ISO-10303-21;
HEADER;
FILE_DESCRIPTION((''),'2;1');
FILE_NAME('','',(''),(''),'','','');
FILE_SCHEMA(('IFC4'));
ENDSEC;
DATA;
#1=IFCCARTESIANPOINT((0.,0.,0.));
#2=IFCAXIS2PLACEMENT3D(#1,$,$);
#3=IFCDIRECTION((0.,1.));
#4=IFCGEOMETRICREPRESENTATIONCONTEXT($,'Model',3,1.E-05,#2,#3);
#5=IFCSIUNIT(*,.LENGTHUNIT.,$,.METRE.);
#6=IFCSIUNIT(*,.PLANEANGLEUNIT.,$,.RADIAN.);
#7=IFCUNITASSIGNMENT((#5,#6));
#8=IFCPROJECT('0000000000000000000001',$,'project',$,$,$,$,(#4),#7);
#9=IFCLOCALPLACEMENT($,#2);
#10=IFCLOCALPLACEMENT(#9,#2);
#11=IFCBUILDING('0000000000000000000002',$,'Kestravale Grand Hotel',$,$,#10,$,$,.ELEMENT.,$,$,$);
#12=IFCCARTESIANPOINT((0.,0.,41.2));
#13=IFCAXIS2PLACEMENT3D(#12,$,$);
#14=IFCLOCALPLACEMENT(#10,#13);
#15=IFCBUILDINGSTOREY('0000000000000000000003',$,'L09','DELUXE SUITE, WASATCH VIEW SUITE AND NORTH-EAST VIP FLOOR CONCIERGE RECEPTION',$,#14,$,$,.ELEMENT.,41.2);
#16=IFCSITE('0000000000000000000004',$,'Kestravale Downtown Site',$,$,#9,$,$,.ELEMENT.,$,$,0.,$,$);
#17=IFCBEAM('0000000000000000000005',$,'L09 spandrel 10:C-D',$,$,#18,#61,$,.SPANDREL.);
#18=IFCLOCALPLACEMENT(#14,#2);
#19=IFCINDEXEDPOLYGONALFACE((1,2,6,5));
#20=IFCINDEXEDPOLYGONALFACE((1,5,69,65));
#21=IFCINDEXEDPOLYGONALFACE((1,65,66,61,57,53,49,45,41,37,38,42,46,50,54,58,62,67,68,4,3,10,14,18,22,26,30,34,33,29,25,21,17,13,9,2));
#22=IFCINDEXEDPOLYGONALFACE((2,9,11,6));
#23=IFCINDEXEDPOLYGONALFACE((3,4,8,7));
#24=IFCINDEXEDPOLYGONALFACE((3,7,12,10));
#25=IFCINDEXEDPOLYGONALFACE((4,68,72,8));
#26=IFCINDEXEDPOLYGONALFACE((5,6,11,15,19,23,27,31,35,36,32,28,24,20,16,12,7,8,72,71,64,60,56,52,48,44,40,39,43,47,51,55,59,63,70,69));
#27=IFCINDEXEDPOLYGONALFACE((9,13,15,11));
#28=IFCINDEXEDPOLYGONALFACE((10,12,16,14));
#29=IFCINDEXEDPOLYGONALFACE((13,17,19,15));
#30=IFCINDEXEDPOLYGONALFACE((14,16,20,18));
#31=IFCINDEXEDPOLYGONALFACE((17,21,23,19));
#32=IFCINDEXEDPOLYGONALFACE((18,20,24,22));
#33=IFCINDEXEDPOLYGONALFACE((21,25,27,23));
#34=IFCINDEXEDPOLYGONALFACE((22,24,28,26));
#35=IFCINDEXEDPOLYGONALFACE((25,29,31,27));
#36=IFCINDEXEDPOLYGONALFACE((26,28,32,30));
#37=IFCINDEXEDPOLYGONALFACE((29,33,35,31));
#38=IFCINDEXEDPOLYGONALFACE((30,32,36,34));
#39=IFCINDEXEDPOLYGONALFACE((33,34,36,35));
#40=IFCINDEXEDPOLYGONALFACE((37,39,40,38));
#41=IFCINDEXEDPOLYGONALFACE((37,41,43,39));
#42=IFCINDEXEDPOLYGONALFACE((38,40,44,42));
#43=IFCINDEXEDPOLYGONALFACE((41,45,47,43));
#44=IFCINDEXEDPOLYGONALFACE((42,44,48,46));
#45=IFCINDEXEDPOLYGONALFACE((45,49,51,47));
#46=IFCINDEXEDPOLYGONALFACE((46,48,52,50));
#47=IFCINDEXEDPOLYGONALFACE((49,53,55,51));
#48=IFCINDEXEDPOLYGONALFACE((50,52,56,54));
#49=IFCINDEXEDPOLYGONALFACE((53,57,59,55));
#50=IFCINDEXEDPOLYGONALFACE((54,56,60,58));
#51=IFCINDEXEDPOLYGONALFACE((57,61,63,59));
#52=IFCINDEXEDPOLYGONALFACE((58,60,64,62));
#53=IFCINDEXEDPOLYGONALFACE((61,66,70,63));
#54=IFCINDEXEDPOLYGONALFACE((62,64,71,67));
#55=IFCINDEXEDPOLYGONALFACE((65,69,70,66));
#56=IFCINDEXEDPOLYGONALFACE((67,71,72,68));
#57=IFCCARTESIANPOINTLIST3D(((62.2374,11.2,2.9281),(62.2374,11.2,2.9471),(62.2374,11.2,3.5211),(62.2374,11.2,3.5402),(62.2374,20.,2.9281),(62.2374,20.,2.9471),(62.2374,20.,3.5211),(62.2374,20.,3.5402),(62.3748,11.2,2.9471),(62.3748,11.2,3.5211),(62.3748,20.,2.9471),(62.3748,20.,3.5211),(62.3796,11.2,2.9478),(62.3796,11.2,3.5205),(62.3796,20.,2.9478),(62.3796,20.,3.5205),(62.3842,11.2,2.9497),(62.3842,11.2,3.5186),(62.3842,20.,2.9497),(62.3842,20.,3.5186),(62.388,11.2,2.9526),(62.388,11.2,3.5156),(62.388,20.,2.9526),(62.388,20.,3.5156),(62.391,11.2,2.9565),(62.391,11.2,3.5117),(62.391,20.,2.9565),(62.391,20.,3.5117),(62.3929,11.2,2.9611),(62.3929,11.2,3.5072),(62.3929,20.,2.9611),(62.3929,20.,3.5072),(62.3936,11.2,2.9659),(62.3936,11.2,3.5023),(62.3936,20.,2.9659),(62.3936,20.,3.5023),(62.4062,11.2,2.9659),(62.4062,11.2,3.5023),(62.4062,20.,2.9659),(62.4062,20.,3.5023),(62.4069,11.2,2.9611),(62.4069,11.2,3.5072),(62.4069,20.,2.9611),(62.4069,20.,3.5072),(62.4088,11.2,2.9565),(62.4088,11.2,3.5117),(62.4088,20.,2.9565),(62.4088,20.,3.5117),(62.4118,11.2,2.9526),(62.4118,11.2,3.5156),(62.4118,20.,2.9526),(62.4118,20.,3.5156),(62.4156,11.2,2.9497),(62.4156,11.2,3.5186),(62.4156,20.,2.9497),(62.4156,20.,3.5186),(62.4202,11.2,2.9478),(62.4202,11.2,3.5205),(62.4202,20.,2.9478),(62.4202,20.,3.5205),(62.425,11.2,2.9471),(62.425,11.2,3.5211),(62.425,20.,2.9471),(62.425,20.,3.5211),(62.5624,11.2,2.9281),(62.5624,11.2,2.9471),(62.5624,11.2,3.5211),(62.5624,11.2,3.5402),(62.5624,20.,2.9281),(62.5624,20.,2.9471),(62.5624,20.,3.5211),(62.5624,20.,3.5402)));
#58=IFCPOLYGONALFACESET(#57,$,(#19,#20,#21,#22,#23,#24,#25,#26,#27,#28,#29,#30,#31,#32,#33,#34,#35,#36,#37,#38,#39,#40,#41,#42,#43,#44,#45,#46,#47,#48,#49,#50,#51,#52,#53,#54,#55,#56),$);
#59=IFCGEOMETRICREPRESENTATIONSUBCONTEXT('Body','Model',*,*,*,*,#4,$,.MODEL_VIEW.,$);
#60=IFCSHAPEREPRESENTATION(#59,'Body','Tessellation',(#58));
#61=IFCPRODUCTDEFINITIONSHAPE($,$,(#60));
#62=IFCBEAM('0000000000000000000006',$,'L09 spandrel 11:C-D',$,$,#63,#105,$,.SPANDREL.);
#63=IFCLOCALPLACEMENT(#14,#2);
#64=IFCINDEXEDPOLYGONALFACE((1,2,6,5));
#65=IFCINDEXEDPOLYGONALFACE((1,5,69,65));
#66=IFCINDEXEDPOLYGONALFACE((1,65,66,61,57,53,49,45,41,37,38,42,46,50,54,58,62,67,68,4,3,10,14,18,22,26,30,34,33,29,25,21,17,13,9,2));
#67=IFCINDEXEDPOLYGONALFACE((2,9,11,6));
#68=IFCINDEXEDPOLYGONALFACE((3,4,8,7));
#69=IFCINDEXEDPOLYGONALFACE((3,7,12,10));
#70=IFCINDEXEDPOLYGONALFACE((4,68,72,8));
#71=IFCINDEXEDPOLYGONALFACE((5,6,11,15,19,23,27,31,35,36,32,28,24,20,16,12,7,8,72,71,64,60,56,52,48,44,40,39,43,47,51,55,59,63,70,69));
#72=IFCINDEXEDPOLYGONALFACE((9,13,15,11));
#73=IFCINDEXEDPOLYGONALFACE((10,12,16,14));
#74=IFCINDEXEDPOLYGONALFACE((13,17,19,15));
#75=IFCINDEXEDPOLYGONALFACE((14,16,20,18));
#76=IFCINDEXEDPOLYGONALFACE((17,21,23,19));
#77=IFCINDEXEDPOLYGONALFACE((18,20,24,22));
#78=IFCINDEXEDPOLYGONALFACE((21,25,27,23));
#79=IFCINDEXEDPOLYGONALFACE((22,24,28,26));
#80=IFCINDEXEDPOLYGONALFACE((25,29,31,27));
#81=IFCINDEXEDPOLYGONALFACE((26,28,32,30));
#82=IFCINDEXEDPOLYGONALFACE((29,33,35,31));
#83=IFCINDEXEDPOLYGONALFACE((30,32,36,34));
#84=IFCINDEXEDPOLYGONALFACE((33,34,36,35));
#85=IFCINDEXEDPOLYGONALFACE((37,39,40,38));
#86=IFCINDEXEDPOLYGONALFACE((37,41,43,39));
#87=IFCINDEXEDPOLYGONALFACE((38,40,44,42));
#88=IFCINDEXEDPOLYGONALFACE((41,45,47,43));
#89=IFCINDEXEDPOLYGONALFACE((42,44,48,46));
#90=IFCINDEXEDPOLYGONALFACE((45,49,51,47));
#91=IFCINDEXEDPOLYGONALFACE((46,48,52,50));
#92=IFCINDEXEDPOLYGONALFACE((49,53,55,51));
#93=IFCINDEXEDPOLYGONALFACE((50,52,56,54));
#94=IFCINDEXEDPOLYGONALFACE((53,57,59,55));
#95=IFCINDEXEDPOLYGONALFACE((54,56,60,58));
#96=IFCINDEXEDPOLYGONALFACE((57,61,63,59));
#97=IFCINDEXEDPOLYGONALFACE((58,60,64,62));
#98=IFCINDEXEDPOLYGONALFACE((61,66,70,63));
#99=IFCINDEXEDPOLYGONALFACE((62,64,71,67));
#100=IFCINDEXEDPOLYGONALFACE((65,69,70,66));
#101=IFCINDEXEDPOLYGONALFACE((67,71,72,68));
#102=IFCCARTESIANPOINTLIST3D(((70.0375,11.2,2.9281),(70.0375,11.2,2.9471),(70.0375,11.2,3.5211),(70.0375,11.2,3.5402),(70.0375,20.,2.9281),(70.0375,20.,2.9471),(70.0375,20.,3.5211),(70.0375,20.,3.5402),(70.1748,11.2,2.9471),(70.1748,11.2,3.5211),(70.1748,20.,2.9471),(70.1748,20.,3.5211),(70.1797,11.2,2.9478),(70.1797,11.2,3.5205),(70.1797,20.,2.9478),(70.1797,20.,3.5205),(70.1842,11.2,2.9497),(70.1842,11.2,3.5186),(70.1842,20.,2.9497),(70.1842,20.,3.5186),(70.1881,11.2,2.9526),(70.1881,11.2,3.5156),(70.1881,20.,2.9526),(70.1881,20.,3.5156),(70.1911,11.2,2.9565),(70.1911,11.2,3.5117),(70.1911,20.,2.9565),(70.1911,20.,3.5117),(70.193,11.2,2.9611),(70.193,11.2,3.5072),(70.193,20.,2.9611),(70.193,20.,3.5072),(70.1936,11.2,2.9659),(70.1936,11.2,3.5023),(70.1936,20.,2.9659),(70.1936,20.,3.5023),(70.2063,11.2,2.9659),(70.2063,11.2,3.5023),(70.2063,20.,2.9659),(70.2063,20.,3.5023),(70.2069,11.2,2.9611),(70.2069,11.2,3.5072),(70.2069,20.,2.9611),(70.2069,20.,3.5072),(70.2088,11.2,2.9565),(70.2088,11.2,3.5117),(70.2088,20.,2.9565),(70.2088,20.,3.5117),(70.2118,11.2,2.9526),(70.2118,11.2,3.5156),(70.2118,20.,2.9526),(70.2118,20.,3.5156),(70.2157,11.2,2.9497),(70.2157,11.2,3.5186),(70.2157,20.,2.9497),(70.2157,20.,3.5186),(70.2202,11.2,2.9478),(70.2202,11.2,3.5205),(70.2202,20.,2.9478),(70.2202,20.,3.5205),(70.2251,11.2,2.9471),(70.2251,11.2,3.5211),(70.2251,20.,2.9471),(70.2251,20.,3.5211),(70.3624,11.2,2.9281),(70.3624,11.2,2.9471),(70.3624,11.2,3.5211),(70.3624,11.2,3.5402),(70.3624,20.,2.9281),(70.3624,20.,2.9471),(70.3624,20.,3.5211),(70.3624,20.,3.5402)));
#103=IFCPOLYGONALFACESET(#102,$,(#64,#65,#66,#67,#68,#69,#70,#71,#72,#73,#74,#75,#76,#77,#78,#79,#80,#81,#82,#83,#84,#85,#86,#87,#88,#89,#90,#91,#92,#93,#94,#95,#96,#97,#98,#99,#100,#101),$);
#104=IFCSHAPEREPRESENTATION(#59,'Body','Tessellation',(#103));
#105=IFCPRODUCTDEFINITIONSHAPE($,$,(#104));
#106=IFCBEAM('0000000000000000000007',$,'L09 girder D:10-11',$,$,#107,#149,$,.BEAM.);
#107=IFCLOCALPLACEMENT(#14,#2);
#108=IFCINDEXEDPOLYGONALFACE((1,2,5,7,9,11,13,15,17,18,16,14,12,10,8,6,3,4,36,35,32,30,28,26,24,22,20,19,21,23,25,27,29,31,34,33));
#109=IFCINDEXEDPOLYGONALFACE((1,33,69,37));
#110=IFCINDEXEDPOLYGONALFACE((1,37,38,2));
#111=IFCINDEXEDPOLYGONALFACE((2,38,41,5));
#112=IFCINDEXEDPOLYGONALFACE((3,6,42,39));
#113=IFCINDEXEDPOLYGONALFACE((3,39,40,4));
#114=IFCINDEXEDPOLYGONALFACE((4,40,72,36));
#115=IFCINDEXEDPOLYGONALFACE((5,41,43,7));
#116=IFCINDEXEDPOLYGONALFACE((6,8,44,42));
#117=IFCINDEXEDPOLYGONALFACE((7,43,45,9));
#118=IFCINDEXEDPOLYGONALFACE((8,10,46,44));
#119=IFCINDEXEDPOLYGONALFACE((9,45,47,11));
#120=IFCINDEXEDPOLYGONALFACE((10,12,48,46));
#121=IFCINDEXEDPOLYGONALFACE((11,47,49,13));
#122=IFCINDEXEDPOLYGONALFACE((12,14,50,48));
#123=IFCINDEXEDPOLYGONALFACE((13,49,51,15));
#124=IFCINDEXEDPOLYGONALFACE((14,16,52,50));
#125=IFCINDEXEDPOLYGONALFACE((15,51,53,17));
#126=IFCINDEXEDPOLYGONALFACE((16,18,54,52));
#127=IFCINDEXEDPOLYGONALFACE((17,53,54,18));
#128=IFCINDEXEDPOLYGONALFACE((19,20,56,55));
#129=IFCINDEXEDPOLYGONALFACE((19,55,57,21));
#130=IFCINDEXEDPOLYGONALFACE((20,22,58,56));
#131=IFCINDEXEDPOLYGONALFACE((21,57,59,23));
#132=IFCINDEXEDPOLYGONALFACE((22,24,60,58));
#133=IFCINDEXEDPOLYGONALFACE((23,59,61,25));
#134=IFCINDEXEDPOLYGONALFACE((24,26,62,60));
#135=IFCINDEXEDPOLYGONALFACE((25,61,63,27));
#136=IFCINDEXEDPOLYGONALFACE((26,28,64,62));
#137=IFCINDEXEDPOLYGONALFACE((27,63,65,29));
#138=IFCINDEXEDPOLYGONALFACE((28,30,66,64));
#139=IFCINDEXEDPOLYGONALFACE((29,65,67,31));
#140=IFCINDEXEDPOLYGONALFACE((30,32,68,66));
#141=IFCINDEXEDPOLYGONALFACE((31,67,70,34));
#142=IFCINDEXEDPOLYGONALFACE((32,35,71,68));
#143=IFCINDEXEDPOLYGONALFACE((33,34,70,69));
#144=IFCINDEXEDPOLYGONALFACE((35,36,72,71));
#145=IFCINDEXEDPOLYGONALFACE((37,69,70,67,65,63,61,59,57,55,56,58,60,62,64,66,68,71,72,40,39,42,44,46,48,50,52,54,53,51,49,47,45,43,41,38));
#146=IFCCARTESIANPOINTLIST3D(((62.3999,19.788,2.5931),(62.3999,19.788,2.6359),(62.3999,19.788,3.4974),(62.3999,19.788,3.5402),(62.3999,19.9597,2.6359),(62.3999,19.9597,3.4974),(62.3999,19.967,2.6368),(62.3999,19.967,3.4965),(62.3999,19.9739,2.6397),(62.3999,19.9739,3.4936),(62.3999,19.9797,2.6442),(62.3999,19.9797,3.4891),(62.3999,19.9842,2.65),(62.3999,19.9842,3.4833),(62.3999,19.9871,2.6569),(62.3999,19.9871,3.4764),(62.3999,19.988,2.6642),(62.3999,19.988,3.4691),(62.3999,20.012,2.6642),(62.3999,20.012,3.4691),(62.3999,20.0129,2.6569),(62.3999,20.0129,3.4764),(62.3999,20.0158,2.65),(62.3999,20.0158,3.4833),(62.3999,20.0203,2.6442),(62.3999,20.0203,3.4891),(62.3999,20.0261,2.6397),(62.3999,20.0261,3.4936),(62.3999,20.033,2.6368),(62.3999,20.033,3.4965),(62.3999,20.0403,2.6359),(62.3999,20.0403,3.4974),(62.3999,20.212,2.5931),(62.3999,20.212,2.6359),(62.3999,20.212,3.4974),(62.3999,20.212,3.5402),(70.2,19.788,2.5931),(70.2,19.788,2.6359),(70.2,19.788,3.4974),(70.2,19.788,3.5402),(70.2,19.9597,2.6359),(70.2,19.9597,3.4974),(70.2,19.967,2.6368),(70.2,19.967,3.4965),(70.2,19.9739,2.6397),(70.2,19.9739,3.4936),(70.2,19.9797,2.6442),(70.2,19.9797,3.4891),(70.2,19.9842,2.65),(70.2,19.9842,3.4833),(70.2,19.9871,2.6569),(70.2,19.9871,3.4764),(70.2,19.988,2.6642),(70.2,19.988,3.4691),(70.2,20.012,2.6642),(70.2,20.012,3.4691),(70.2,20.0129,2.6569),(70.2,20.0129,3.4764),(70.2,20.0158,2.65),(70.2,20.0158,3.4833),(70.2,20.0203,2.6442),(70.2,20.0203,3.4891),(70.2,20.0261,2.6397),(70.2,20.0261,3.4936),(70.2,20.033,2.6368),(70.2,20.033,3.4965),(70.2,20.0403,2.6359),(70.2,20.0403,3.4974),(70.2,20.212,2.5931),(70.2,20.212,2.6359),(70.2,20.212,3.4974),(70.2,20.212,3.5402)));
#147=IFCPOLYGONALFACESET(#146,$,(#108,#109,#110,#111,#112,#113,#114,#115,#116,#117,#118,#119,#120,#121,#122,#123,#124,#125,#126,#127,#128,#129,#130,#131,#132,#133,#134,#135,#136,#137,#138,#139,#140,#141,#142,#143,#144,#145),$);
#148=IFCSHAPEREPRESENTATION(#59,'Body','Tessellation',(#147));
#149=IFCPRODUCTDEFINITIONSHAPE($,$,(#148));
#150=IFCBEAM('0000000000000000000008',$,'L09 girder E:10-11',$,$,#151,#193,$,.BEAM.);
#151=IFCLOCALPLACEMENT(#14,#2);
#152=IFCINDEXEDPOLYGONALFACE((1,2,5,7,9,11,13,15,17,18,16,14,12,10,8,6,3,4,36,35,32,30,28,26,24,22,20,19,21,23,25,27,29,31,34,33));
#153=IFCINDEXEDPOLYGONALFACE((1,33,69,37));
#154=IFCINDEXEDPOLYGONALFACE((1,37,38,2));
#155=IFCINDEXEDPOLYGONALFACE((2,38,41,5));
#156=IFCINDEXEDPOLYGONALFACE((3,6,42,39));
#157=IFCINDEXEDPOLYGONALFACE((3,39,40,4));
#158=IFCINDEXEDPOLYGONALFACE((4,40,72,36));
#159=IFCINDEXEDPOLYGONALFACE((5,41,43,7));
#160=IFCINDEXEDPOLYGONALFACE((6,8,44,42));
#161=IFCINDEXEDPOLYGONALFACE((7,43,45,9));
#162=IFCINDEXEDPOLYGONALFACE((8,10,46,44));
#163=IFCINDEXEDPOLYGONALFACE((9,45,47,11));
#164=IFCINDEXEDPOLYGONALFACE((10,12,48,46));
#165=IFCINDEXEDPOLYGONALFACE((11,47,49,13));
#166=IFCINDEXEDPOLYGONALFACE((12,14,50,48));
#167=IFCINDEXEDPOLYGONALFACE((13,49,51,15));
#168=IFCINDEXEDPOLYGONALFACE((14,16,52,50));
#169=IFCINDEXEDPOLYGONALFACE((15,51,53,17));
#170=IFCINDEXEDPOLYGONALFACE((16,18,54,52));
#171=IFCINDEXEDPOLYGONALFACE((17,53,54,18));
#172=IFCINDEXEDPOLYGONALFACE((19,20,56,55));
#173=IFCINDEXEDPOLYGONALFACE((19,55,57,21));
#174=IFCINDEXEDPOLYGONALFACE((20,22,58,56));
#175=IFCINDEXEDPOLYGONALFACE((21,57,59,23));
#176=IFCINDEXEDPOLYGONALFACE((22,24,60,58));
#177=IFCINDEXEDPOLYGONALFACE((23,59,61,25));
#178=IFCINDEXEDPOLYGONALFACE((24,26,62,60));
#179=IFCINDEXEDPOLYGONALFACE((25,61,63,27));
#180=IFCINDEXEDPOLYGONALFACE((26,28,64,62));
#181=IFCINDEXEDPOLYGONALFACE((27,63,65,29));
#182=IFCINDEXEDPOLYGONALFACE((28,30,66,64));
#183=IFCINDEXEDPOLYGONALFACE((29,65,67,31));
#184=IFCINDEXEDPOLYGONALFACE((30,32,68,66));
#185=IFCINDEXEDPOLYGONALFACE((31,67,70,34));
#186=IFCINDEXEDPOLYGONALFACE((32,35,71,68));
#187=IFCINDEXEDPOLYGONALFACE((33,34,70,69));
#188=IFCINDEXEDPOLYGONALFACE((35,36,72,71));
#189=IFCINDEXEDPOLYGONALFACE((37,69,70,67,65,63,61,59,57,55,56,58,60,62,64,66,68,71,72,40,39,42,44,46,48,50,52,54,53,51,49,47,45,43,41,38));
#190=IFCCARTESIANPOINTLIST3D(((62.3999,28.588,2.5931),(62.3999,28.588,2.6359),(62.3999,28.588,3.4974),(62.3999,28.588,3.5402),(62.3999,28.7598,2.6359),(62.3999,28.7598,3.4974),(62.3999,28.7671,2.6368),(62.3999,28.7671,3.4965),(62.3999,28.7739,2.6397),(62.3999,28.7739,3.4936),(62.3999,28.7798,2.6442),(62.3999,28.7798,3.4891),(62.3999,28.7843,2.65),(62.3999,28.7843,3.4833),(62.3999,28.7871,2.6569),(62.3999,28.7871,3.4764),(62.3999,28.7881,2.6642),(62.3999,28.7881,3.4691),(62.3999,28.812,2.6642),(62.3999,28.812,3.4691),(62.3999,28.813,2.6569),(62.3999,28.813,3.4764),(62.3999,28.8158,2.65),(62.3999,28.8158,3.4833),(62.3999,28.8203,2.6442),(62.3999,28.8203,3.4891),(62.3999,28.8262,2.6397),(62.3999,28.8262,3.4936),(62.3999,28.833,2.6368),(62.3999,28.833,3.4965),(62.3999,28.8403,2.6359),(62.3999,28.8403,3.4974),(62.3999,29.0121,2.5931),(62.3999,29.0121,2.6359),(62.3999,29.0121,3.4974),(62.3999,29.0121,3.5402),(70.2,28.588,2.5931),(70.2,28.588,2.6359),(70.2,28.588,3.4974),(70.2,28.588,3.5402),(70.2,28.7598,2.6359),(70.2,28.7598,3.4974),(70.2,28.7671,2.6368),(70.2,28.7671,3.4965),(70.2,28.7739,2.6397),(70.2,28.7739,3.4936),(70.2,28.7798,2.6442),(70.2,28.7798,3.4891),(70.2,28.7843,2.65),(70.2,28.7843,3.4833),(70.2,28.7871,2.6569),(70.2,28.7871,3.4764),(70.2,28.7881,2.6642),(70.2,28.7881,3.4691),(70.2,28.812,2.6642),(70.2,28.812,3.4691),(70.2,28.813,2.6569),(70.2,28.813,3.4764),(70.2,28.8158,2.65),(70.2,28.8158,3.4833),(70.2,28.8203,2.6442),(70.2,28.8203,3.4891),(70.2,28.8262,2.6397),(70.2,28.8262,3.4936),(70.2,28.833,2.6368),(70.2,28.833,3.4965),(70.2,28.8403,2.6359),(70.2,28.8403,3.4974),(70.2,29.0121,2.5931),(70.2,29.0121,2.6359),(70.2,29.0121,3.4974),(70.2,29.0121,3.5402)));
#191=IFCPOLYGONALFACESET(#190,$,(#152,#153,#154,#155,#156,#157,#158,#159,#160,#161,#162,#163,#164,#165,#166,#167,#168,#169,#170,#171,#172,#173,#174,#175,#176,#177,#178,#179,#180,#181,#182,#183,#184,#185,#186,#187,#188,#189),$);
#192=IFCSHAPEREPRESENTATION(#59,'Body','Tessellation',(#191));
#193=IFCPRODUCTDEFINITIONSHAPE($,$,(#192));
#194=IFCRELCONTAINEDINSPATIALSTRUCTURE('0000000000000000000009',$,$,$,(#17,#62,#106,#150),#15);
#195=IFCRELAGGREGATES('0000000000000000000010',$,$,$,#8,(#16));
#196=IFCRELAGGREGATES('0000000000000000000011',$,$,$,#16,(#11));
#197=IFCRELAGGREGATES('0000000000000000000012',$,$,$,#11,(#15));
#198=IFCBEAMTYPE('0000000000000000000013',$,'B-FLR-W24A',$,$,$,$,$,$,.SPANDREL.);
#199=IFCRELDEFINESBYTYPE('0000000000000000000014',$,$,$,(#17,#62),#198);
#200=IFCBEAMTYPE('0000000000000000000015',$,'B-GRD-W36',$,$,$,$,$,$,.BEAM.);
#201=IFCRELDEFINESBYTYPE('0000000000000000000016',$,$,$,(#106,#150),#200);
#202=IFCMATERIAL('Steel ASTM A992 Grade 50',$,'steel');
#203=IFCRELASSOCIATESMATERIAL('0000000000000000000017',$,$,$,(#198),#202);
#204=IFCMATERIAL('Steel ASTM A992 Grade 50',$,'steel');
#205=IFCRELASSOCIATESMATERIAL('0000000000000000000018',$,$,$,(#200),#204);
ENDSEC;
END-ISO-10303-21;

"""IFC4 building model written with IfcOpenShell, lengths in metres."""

from ifc_helpers import new_model, si_unit, direction, frame, origin, origin_2d, place, context, subcontext, project, spatial, i_section, extrude, material, material_profile, profile_set, type_object, element, save


model = new_model("IFC4")

# Units and contexts
model_context = context("Model", 3, precision=1e-05, world=origin(), true_north=direction((0.0, 1.0)))
body_context = subcontext(model_context, "Body", "Model", "MODEL_VIEW")
ifc_project = project(units=[si_unit("LENGTHUNIT", "METRE"), si_unit("PLANEANGLEUNIT", "RADIAN")], contexts=[model_context])

# Site, building, storey
site_placement = place(None, origin())
site = spatial("IfcSite", under=ifc_project, at=site_placement, Name="Kestravale Downtown Site", CompositionType="ELEMENT", RefElevation=0.0)
building_placement = place(site_placement, origin())
building = spatial("IfcBuilding", under=site, at=building_placement, Name="Kestravale Grand Hotel", CompositionType="ELEMENT")
storey_placement = place(building_placement, frame((0.0, 0.0, 41.2)))
storey = spatial("IfcBuildingStorey", under=building, at=storey_placement, Name="L09", Description="DELUXE SUITE, WASATCH VIEW SUITE AND NORTH-EAST VIP FLOOR CONCIERGE RECEPTION", CompositionType="ELEMENT", Elevation=41.2)

# Beams
ifc_material_1 = material(Name="Steel ASTM A992 Grade 50", Category="steel")
ifc_material_profile_1 = material_profile(ifc_material_1, i_section(OverallWidth=0.325, OverallDepth=0.6121, WebThickness=0.0127, FlangeThickness=0.019, FilletRadius=0.0188, at=origin_2d()))
ifc_profile_set_1 = profile_set([ifc_material_profile_1], Name="Steel ASTM A992 Grade 50")
beam_type_1 = type_object("IfcBeamType", Name="B-FLR-W24A", PredefinedType="SPANDREL", material=ifc_profile_set_1)
for number, where, z_axis, x_axis, name in (
    (1, (62.3999, 11.2, 3.2341), (0.0, 1.0, 0.0), (-1.0, 0.0, 0.0), "L09 spandrel 10:C-D"),
    (2, (70.2, 11.2, 3.2341), (0.0, 1.0, 0.0), (-1.0, 0.0, 0.0), "L09 spandrel 11:C-D"),
):
    element("IfcBeam", number, at=place(storey_placement, frame(where, z_axis=z_axis, x_axis=x_axis)), inside=storey, type_object=beam_type_1, Name=name, PredefinedType="SPANDREL", context=body_context, shape_type="SweptSolid", body=[
        extrude(i_section(OverallWidth=0.325, OverallDepth=0.6121, WebThickness=0.0127, FlangeThickness=0.019, FilletRadius=0.0188, at=origin_2d()), origin(), (0.0, 0.0, 1.0), 8.8),
    ])
ifc_material_2 = material(Name="Steel ASTM A992 Grade 50", Category="steel")
ifc_material_profile_2 = material_profile(ifc_material_2, i_section(OverallWidth=0.4241, OverallDepth=0.947, WebThickness=0.0239, FlangeThickness=0.0427, FilletRadius=0.0283, at=origin_2d()))
ifc_profile_set_2 = profile_set([ifc_material_profile_2], Name="Steel ASTM A992 Grade 50")
beam_type_2 = type_object("IfcBeamType", Name="B-GRD-W36", PredefinedType="BEAM", material=ifc_profile_set_2)
for number, where, z_axis, x_axis, name in (
    (3, (62.3999, 20.0, 3.0667), (1.0, 0.0, 0.0), (0.0, 1.0, 0.0), "L09 girder D:10-11"),
    (4, (62.3999, 28.8, 3.0667), (1.0, 0.0, 0.0), (0.0, 1.0, 0.0), "L09 girder E:10-11"),
):
    element("IfcBeam", number, at=place(storey_placement, frame(where, z_axis=z_axis, x_axis=x_axis)), inside=storey, type_object=beam_type_2, Name=name, PredefinedType="BEAM", context=body_context, shape_type="SweptSolid", body=[
        extrude(i_section(OverallWidth=0.4241, OverallDepth=0.947, WebThickness=0.0239, FlangeThickness=0.0427, FilletRadius=0.0283, at=origin_2d()), origin(), (0.0, 0.0, 1.0), 7.8),
    ])

save(model, "model.ifc")
